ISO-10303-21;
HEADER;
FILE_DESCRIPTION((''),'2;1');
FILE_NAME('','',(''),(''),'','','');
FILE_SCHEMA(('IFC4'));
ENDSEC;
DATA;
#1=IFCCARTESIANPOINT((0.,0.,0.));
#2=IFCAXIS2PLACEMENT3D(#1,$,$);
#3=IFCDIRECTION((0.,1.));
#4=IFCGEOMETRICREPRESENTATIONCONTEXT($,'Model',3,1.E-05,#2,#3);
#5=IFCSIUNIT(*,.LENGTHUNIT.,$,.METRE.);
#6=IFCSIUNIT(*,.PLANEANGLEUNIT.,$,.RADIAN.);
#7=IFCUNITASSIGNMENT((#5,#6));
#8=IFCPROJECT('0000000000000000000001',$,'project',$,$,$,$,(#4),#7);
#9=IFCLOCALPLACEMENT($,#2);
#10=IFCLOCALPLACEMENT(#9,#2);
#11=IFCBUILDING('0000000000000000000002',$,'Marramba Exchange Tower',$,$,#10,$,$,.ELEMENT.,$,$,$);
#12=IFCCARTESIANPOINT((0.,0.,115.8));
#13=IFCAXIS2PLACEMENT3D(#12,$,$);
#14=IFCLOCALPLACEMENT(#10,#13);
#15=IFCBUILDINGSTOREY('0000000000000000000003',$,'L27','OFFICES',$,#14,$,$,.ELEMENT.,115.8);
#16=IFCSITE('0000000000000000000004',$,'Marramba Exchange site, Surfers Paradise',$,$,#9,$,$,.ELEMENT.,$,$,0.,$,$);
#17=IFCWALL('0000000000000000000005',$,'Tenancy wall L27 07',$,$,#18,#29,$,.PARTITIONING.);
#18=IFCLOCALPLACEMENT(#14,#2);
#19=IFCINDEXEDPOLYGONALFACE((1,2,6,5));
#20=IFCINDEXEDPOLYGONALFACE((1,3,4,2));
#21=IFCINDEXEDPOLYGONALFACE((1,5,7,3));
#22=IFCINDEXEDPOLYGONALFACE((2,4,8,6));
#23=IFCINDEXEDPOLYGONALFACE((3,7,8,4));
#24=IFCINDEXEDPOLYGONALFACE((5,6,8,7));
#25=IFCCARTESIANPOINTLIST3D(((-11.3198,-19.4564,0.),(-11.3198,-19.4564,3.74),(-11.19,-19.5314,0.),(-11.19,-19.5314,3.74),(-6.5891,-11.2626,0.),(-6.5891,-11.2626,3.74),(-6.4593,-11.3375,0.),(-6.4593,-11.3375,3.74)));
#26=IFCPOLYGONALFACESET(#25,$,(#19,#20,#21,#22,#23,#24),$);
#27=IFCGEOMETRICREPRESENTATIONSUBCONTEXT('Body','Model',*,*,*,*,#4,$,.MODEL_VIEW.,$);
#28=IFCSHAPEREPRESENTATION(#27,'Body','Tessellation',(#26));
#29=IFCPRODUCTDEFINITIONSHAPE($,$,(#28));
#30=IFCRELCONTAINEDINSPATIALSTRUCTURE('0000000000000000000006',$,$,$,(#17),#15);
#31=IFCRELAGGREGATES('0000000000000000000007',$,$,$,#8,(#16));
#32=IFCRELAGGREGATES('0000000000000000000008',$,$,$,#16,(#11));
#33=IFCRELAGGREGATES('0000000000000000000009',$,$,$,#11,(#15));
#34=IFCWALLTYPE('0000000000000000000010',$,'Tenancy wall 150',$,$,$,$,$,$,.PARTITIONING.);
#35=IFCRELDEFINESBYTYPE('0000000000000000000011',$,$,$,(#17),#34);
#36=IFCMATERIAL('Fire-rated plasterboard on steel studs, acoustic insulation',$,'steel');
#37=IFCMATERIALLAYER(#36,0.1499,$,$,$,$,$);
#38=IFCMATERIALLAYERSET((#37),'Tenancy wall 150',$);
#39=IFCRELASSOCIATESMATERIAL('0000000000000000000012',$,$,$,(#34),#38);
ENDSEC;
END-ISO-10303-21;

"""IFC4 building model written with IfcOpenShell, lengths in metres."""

from ifc_helpers import new_model, si_unit, direction, frame, frame_2d, origin, place, context, subcontext, project, spatial, rectangle, extrude, material, layer, layer_set, type_object, element, save


model = new_model("IFC4")

# Units and contexts
model_context = context("Model", 3, precision=1e-05, world=origin(), true_north=direction((0.0, 1.0)))
body_context = subcontext(model_context, "Body", "Model", "MODEL_VIEW")
ifc_project = project(units=[si_unit("LENGTHUNIT", "METRE"), si_unit("PLANEANGLEUNIT", "RADIAN")], contexts=[model_context])

# Site, building, storey
site_placement = place(None, origin())
site = spatial("IfcSite", under=ifc_project, at=site_placement, Name="Marramba Exchange site, Surfers Paradise", CompositionType="ELEMENT", RefElevation=0.0)
building_placement = place(site_placement, origin())
building = spatial("IfcBuilding", under=site, at=building_placement, Name="Marramba Exchange Tower", CompositionType="ELEMENT")
storey_placement = place(building_placement, frame((0.0, 0.0, 115.8)))
storey = spatial("IfcBuildingStorey", under=building, at=storey_placement, Name="L27", Description="OFFICES", CompositionType="ELEMENT", Elevation=115.8)

# Wall
ifc_material_1 = material(Name="Fire-rated plasterboard on steel studs, acoustic insulation", Category="steel")
ifc_layer_1 = layer(ifc_material_1, 0.1499)
ifc_layer_set_1 = layer_set([ifc_layer_1], Name="Tenancy wall 150")
wall_type_1 = type_object("IfcWallType", Name="Tenancy wall 150", PredefinedType="PARTITIONING", material=ifc_layer_set_1)
wall_1_placement = place(storey_placement, frame((-6.5242, -11.3, 0.0), z_axis=(0.0, 0.0, 1.0), x_axis=(-0.499999, -0.866026, 0.0)))
element("IfcWall", 1, at=wall_1_placement, inside=storey, type_object=wall_type_1, Name="Tenancy wall L27 07", PredefinedType="PARTITIONING", context=body_context, shape_type="SweptSolid", body=[
    extrude(rectangle(XDim=9.4614, YDim=0.1499, at=frame_2d((4.7307, 0.0))), origin(), (0.0, 0.0, 1.0), 3.74),
])

save(model, "model.ifc")
